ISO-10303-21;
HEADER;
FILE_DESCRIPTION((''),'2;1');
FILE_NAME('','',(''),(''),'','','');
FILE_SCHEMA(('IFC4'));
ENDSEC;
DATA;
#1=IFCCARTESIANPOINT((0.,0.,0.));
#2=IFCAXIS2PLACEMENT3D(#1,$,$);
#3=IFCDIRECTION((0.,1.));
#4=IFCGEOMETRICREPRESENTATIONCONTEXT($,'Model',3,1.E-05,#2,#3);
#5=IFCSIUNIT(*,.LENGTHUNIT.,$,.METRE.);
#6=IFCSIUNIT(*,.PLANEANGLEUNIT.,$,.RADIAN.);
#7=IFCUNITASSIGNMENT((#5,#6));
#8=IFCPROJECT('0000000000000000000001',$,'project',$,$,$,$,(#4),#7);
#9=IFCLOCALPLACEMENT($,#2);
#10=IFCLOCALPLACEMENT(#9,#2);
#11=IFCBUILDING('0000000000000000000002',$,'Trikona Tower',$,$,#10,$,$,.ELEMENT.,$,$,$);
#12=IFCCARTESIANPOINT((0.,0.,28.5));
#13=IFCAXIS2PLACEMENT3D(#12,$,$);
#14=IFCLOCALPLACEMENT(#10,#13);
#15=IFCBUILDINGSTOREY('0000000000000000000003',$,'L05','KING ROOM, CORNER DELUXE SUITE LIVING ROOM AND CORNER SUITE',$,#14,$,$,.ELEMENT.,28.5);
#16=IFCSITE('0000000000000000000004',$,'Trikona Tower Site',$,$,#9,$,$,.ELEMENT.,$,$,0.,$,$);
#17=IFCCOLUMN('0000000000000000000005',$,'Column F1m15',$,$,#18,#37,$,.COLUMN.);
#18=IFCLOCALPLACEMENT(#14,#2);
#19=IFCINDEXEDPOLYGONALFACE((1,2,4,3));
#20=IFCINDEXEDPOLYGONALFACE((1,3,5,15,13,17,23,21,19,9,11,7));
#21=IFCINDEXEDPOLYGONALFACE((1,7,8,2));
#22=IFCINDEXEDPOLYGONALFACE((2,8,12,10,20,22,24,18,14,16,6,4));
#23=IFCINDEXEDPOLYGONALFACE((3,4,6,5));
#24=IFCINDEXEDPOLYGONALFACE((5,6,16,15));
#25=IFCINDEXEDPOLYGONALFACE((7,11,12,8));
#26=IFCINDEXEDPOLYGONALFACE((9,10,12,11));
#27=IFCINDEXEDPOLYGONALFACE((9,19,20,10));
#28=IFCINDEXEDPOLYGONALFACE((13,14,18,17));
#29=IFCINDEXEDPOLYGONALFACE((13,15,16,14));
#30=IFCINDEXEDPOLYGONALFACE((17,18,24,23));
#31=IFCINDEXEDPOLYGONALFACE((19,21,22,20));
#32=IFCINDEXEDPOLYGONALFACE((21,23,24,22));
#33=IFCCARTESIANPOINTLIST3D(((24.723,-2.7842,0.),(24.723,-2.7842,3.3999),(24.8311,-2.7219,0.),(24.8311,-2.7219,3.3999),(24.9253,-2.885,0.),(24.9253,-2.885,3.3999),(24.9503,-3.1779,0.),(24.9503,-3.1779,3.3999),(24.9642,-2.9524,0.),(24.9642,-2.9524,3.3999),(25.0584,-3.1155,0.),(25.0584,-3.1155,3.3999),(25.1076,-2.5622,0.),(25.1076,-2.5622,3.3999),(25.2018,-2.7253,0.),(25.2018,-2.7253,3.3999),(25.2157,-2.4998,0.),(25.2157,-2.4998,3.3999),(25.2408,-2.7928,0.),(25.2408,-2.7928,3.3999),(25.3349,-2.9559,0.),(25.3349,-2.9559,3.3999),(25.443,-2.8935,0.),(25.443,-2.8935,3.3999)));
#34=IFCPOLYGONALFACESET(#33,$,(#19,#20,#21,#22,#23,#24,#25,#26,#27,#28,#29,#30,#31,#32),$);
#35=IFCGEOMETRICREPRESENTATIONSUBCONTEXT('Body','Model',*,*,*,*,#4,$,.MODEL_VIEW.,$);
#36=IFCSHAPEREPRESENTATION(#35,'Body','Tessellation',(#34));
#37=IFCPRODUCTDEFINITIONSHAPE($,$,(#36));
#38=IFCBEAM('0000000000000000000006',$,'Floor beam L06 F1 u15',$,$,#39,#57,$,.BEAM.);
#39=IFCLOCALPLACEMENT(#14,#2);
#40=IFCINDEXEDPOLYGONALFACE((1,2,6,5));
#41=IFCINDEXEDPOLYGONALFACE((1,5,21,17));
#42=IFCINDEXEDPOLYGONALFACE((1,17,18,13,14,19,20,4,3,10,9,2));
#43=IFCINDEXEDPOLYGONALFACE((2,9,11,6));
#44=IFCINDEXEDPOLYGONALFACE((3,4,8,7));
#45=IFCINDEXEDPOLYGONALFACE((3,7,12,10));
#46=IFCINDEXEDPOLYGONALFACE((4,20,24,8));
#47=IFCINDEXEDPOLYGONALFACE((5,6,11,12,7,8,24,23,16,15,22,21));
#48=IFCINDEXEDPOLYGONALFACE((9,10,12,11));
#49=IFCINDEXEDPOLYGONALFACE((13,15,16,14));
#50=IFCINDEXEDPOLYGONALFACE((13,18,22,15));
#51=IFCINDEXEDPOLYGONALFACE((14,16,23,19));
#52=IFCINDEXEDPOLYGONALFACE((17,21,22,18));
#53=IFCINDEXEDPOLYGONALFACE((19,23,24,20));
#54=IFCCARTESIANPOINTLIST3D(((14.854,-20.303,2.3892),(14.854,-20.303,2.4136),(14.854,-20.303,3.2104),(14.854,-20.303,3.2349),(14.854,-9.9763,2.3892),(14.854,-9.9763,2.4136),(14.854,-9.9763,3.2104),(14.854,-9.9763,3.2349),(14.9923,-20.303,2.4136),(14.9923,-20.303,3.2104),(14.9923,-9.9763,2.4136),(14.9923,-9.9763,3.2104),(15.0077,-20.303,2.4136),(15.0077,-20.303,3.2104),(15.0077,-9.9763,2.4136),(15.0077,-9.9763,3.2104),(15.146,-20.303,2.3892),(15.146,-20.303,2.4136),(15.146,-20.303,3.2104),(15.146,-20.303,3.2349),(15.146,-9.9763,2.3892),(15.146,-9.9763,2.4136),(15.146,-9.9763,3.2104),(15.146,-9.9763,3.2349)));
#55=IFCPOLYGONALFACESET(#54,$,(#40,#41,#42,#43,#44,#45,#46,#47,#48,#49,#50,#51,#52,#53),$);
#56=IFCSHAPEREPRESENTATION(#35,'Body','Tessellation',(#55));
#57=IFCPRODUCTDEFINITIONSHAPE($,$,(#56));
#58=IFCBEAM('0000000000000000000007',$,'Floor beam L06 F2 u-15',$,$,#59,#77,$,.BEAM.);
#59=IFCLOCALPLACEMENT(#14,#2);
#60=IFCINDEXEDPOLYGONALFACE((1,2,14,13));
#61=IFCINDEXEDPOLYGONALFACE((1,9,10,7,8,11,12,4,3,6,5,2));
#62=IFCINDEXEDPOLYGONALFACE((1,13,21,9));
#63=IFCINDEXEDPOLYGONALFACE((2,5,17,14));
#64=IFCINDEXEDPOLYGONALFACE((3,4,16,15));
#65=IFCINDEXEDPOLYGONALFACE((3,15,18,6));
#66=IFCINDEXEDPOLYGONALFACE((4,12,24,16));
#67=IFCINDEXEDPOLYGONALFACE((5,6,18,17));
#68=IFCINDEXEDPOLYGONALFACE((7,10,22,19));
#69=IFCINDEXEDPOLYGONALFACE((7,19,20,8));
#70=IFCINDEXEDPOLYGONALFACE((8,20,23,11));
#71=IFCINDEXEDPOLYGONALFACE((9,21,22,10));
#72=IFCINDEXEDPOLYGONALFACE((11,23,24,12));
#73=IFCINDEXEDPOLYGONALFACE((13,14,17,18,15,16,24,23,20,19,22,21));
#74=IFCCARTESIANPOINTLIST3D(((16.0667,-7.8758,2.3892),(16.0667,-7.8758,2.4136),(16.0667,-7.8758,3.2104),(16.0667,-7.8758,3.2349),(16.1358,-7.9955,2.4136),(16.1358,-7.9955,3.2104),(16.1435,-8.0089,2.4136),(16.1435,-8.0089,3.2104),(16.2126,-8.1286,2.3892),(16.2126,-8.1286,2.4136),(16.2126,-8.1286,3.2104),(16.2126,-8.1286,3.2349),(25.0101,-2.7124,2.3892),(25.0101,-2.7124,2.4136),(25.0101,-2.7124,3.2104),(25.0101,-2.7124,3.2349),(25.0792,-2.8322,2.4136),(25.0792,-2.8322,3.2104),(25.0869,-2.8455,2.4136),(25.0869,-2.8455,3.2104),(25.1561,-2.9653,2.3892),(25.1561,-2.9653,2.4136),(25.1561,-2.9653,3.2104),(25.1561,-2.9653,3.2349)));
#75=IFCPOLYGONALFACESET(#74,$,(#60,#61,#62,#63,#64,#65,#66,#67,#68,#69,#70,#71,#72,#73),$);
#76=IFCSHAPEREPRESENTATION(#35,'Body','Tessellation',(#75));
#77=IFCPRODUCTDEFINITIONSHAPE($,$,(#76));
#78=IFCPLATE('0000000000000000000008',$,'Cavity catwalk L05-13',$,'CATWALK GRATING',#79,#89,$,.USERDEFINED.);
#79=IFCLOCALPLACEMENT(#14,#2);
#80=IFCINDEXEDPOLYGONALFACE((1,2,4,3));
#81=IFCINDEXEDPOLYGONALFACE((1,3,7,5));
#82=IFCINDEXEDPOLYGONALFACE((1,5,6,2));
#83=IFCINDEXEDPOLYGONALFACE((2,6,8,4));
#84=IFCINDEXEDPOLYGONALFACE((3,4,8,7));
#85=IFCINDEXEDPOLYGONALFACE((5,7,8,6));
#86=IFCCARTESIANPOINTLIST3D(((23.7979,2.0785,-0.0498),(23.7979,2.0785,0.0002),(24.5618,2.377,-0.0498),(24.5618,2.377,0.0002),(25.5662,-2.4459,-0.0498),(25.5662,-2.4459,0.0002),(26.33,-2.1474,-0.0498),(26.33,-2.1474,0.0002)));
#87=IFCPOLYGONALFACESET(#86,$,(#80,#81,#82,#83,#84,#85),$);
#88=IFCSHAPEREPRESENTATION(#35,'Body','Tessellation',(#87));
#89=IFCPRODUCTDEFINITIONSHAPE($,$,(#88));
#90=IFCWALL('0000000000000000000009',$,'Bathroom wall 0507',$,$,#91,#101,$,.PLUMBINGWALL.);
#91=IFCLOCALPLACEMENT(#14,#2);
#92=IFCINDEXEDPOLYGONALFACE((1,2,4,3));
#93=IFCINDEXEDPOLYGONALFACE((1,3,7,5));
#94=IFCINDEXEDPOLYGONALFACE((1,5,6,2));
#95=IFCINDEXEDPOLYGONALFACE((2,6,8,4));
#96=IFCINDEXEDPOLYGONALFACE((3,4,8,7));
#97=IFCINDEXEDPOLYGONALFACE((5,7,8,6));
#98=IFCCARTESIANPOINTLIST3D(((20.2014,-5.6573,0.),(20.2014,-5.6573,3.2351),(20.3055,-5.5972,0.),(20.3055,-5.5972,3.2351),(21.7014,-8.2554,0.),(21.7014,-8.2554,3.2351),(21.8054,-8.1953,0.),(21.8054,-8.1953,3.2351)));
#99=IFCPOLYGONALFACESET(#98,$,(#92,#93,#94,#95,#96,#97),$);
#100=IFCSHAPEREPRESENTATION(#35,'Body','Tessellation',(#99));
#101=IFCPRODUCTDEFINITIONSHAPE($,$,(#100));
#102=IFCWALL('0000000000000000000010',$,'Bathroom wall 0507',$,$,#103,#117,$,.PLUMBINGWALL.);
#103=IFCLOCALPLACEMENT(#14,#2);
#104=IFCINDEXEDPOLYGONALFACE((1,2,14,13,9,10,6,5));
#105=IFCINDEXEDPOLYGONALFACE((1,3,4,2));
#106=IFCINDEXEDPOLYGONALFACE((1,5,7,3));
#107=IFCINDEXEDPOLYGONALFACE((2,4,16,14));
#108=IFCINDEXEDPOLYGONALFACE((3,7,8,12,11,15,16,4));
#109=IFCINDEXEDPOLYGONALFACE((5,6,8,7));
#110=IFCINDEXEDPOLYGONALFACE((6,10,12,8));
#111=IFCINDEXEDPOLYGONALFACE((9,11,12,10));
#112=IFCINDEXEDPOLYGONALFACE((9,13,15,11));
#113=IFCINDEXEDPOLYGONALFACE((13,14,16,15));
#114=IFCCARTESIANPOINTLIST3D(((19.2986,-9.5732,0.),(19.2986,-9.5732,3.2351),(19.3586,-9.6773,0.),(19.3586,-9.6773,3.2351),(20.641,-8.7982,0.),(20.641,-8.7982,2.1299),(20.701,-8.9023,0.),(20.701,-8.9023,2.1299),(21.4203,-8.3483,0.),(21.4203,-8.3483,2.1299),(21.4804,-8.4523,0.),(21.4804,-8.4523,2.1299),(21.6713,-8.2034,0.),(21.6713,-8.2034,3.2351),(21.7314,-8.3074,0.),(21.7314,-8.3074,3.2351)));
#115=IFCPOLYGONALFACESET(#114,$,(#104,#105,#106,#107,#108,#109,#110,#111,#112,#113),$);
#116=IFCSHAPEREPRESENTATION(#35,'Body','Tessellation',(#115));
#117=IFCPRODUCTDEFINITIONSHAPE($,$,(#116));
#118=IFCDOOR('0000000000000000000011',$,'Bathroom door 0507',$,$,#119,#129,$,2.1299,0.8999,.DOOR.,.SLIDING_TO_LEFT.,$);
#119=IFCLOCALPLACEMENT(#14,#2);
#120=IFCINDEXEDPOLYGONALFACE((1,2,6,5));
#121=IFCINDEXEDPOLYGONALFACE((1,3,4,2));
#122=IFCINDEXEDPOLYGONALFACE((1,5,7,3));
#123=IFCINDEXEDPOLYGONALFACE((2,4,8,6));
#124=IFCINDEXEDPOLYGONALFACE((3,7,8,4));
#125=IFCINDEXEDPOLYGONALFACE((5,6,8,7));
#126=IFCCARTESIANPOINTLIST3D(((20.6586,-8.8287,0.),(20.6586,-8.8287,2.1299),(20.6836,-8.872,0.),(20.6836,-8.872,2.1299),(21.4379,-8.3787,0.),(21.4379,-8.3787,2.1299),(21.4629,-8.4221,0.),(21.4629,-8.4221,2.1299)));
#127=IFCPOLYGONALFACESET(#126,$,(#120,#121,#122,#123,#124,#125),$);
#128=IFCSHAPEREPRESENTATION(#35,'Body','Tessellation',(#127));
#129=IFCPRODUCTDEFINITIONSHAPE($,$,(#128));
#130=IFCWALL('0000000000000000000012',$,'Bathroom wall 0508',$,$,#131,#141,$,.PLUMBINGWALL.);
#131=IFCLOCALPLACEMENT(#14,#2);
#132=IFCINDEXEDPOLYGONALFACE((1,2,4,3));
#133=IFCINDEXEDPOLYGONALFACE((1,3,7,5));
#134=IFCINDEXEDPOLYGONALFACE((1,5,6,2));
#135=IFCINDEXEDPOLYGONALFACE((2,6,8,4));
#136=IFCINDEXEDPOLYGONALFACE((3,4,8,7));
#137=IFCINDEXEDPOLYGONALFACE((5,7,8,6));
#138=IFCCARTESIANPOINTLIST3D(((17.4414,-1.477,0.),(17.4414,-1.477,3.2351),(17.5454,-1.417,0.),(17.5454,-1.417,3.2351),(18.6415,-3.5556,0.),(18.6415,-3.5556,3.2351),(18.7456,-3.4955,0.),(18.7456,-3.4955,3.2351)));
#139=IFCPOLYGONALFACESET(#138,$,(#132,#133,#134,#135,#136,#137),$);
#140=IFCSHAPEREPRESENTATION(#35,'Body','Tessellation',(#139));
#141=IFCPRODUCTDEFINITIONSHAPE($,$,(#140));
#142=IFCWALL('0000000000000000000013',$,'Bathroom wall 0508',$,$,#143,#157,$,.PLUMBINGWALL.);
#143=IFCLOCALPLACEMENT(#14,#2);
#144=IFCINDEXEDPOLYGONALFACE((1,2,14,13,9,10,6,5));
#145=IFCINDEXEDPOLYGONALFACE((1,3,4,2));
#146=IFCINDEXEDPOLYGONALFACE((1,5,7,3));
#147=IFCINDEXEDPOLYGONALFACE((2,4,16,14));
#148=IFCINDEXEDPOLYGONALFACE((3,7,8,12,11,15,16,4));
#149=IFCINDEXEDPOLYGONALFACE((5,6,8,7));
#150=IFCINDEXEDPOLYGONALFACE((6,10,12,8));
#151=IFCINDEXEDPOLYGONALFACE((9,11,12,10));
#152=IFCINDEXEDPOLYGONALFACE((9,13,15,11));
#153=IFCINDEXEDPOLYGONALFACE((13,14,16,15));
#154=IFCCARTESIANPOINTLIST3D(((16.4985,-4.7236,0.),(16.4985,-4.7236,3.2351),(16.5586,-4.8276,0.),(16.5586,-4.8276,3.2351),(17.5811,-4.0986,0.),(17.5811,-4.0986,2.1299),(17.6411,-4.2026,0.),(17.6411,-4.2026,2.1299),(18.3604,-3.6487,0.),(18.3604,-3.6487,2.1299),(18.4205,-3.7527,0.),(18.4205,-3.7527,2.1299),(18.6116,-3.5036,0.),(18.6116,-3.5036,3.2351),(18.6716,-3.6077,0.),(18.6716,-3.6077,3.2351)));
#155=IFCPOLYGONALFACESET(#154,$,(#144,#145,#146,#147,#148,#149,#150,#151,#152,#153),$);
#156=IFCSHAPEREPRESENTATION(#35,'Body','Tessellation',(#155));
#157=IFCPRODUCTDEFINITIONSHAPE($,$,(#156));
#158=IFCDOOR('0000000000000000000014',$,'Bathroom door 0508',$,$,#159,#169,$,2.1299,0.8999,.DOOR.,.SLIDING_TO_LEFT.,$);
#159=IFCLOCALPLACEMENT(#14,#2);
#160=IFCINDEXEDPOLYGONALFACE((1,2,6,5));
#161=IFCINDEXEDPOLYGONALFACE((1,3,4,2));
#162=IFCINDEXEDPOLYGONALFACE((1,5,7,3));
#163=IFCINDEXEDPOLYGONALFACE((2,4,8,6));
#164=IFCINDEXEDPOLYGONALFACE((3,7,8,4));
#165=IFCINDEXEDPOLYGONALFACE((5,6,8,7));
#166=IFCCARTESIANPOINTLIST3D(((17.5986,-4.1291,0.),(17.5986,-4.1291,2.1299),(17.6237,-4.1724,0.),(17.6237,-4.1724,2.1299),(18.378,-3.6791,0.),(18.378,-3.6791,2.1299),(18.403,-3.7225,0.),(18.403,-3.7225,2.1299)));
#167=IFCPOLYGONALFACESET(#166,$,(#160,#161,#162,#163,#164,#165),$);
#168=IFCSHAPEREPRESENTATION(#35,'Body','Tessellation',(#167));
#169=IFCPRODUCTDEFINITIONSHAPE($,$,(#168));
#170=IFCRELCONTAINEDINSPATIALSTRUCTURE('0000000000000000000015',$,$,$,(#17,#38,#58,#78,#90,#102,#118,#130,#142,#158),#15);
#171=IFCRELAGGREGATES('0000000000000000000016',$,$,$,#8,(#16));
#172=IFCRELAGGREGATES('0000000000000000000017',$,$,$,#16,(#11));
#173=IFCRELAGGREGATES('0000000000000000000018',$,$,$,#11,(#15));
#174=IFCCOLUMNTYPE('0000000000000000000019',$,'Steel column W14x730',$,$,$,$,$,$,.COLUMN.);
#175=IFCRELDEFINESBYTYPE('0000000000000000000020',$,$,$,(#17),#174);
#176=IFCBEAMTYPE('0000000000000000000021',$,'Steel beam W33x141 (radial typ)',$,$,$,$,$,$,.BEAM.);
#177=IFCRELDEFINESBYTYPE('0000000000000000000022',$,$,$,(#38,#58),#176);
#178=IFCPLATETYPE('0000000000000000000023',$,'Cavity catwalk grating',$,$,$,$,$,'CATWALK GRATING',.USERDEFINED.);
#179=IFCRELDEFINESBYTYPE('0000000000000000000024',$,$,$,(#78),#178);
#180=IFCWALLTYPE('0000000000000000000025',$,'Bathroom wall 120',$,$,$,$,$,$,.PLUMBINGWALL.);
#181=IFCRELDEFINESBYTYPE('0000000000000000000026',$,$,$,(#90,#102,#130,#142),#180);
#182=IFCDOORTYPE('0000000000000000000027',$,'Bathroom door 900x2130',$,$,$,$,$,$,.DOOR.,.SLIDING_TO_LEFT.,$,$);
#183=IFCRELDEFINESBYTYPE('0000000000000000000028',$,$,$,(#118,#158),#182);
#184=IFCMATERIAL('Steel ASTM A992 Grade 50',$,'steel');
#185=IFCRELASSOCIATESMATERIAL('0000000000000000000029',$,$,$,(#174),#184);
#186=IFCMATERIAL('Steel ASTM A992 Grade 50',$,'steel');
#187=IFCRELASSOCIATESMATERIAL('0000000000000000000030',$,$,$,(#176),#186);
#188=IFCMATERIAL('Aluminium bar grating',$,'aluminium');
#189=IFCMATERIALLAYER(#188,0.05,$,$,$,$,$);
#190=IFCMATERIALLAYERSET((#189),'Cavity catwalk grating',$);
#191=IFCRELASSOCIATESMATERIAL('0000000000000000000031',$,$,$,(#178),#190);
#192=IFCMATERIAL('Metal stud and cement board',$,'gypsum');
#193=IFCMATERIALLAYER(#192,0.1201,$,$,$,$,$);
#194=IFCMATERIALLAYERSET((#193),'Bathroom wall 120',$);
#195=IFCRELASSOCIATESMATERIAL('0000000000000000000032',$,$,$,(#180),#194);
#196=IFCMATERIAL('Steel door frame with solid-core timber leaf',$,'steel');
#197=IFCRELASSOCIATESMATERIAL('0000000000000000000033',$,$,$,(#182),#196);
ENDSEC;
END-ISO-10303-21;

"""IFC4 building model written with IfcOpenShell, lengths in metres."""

from ifc_helpers import new_model, si_unit, direction, frame, frame_2d, origin, origin_2d, place, context, subcontext, project, spatial, rectangle, i_section, extrude, material, layer, layer_set, material_profile, profile_set, type_object, element, fill, save


model = new_model("IFC4")

# Units and contexts
model_context = context("Model", 3, precision=1e-05, world=origin(), true_north=direction((0.0, 1.0)))
body_context = subcontext(model_context, "Body", "Model", "MODEL_VIEW")
ifc_project = project(units=[si_unit("LENGTHUNIT", "METRE"), si_unit("PLANEANGLEUNIT", "RADIAN")], contexts=[model_context])

# Site, building, storey
site_placement = place(None, origin())
site = spatial("IfcSite", under=ifc_project, at=site_placement, Name="Trikona Tower Site", CompositionType="ELEMENT", RefElevation=0.0)
building_placement = place(site_placement, origin())
building = spatial("IfcBuilding", under=site, at=building_placement, Name="Trikona Tower", CompositionType="ELEMENT")
storey_placement = place(building_placement, frame((0.0, 0.0, 28.5)))
storey = spatial("IfcBuildingStorey", under=building, at=storey_placement, Name="L05", Description="KING ROOM, CORNER DELUXE SUITE LIVING ROOM AND CORNER SUITE", CompositionType="ELEMENT", Elevation=28.5)

# Column
ifc_material_1 = material(Name="Steel ASTM A992 Grade 50", Category="steel")
ifc_material_profile_1 = material_profile(ifc_material_1, i_section(OverallWidth=0.4546, OverallDepth=0.5688, WebThickness=0.0779, FlangeThickness=0.1248, at=origin_2d()), Name="W14X730")
ifc_profile_set_1 = profile_set([ifc_material_profile_1], Name="Steel ASTM A992 Grade 50")
column_type = type_object("IfcColumnType", Name="Steel column W14x730", PredefinedType="COLUMN", material=ifc_profile_set_1)
column_placement = place(storey_placement, frame((25.083, -2.8389, 0.0), z_axis=(0.0, 0.0, 1.0), x_axis=(-0.5, 0.866025, 0.0)))
element("IfcColumn", 1, at=column_placement, inside=storey, type_object=column_type, Name="Column F1m15", PredefinedType="COLUMN", context=body_context, shape_type="SweptSolid", body=[
    extrude(i_section(OverallWidth=0.4546, OverallDepth=0.5688, WebThickness=0.0779, FlangeThickness=0.1248, at=origin_2d()), origin(), (0.0, 0.0, 1.0), 3.3999),
])

# Beams
ifc_material_2 = material(Name="Steel ASTM A992 Grade 50", Category="steel")
ifc_material_profile_2 = material_profile(ifc_material_2, i_section(OverallWidth=0.292, OverallDepth=0.8457, WebThickness=0.0154, FlangeThickness=0.0244, at=origin_2d()), Name="W33X141")
ifc_profile_set_2 = profile_set([ifc_material_profile_2], Name="Steel ASTM A992 Grade 50")
beam_type = type_object("IfcBeamType", Name="Steel beam W33x141 (radial typ)", PredefinedType="BEAM", material=ifc_profile_set_2)
beam_1_placement = place(storey_placement, frame((15.0, -9.9763, 2.812), z_axis=(0.0, -1.0, 0.0), x_axis=(1.0, 0.0, 0.0)))
element("IfcBeam", 2, at=beam_1_placement, inside=storey, type_object=beam_type, Name="Floor beam L06 F1 u15", PredefinedType="BEAM", context=body_context, shape_type="SweptSolid", body=[
    extrude(i_section(OverallWidth=0.292, OverallDepth=0.8457, WebThickness=0.0154, FlangeThickness=0.0244, at=origin_2d()), origin(), (0.0, 0.0, 1.0), 10.3267),
])
beam_2_placement = place(storey_placement, frame((16.1396, -8.0022, 2.812), z_axis=(0.86603, 0.499991, 0.0), x_axis=(-0.499991, 0.86603, 0.0)))
element("IfcBeam", 3, at=beam_2_placement, inside=storey, type_object=beam_type, Name="Floor beam L06 F2 u-15", PredefinedType="BEAM", context=body_context, shape_type="SweptSolid", body=[
    extrude(i_section(OverallWidth=0.292, OverallDepth=0.8457, WebThickness=0.0154, FlangeThickness=0.0244, at=origin_2d()), origin(), (0.0, 0.0, 1.0), 10.3269),
])

# Plate
ifc_material_3 = material(Name="Aluminium bar grating", Category="aluminium")
ifc_layer_1 = layer(ifc_material_3, 0.05)
ifc_layer_set_1 = layer_set([ifc_layer_1], Name="Cavity catwalk grating")
plate_type = type_object("IfcPlateType", Name="Cavity catwalk grating", ElementType="CATWALK GRATING", PredefinedType="USERDEFINED", material=ifc_layer_set_1)
plate_placement = place(storey_placement, frame((25.064, -0.0344, -0.0498), z_axis=(0.0, 0.0, 1.0), x_axis=(-0.364009, 0.931395, 0.0)))
element("IfcPlate", 4, at=plate_placement, inside=storey, type_object=plate_type, Name="Cavity catwalk L05-13", ObjectType="CATWALK GRATING", PredefinedType="USERDEFINED", context=body_context, shape_type="SweptSolid", body=[
    extrude(rectangle(XDim=4.8577, YDim=0.8201, at=origin_2d()), origin(), (0.0, 0.0, 1.0), 0.05),
])

# Wall
ifc_material_4 = material(Name="Metal stud and cement board", Category="gypsum")
ifc_layer_2 = layer(ifc_material_4, 0.1201)
ifc_layer_set_2 = layer_set([ifc_layer_2], Name="Bathroom wall 120")
wall_type_1 = type_object("IfcWallType", Name="Bathroom wall 120", PredefinedType="PLUMBINGWALL", material=ifc_layer_set_2)
wall_1_placement = place(storey_placement, frame((21.7534, -8.2253, 0.0), z_axis=(0.0, 0.0, 1.0), x_axis=(-0.49999, 0.866031, 0.0)))
element("IfcWall", 5, at=wall_1_placement, inside=storey, type_object=wall_type_1, Name="Bathroom wall 0507", PredefinedType="PLUMBINGWALL", context=body_context, shape_type="SweptSolid", body=[
    extrude(rectangle(XDim=3.0, YDim=0.1201, at=frame_2d((1.5, 0.0))), origin(), (0.0, 0.0, 1.0), 3.2351),
])

# Wall, opening, door
wall_2_placement = place(storey_placement, frame((19.3286, -9.6252, 0.0), z_axis=(0.0, 0.0, 1.0), x_axis=(0.866036, 0.499982, 0.0)))
wall_2 = element("IfcWall", 6, at=wall_2_placement, inside=storey, type_object=wall_type_1, Name="Bathroom wall 0507", PredefinedType="PLUMBINGWALL", context=body_context, shape_type="SweptSolid", body=[
    extrude(rectangle(XDim=2.7397, YDim=0.1201, at=frame_2d((1.3699, 0.0))), origin(), (0.0, 0.0, 1.0), 3.2351),
])
opening_1_placement = place(wall_2_placement, frame((1.55, 0.0, 0.0)))
opening_1 = element("IfcOpeningElement", 7, at=opening_1_placement, cuts=wall_2, PredefinedType="OPENING", context=body_context, shape_type="SweptSolid", body=[
    extrude(rectangle(XDim=0.8999, YDim=2.1299, at=frame_2d((0.45, 1.0649))), frame((0.0, 0.0701, 0.0), z_axis=(0.0, -1.0, 0.0), x_axis=(1.0, 0.0, 0.0)), (0.0, 0.0, 1.0), 0.1401),
])
ifc_material_5 = material(Name="Steel door frame with solid-core timber leaf", Category="steel")
door_type_1 = type_object("IfcDoorType", Name="Bathroom door 900x2130", OperationType="SLIDING_TO_LEFT", PredefinedType="DOOR", material=ifc_material_5)
door_1_placement = place(opening_1_placement, origin())
door_1 = element("IfcDoor", 8, at=door_1_placement, inside=storey, type_object=door_type_1, Name="Bathroom door 0507", OperationType="SLIDING_TO_LEFT", OverallHeight=2.1299, OverallWidth=0.8999, PredefinedType="DOOR", context=body_context, shape_type="SweptSolid", body=[
    extrude(rectangle(XDim=0.8999, YDim=2.1299, at=frame_2d((0.45, 1.0649))), frame((0.0, 0.0249, 0.0), z_axis=(0.0, -1.0, 0.0), x_axis=(1.0, 0.0, 0.0)), (0.0, 0.0, 1.0), 0.05),
])
fill(opening_1, door_1)

# Wall
wall_3_placement = place(storey_placement, frame((18.6936, -3.5256, 0.0), z_axis=(0.0, 0.0, 1.0), x_axis=(-0.500034, 0.866006, 0.0)))
element("IfcWall", 9, at=wall_3_placement, inside=storey, type_object=wall_type_1, Name="Bathroom wall 0508", PredefinedType="PLUMBINGWALL", context=body_context, shape_type="SweptSolid", body=[
    extrude(rectangle(XDim=2.4001, YDim=0.1201, at=frame_2d((1.2002, 0.0))), origin(), (0.0, 0.0, 1.0), 3.2351),
])

# Wall, opening, door
wall_4_placement = place(storey_placement, frame((16.5286, -4.7756, 0.0), z_axis=(0.0, 0.0, 1.0), x_axis=(0.866024, 0.500003, 0.0)))
wall_4 = element("IfcWall", 10, at=wall_4_placement, inside=storey, type_object=wall_type_1, Name="Bathroom wall 0508", PredefinedType="PLUMBINGWALL", context=body_context, shape_type="SweptSolid", body=[
    extrude(rectangle(XDim=2.4399, YDim=0.1201, at=frame_2d((1.22, 0.0))), origin(), (0.0, 0.0, 1.0), 3.2351),
])
opening_2_placement = place(wall_4_placement, frame((1.25, 0.0, 0.0)))
opening_2 = element("IfcOpeningElement", 11, at=opening_2_placement, cuts=wall_4, PredefinedType="OPENING", context=body_context, shape_type="SweptSolid", body=[
    extrude(rectangle(XDim=0.8999, YDim=2.1299, at=frame_2d((0.45, 1.0649))), frame((0.0, 0.0701, 0.0), z_axis=(0.0, -1.0, 0.0), x_axis=(1.0, 0.0, 0.0)), (0.0, 0.0, 1.0), 0.1401),
])
door_2_placement = place(opening_2_placement, origin())
door_2 = element("IfcDoor", 12, at=door_2_placement, inside=storey, type_object=door_type_1, Name="Bathroom door 0508", OperationType="SLIDING_TO_LEFT", OverallHeight=2.1299, OverallWidth=0.8999, PredefinedType="DOOR", context=body_context, shape_type="SweptSolid", body=[
    extrude(rectangle(XDim=0.8999, YDim=2.1299, at=frame_2d((0.45, 1.0649))), frame((0.0, 0.0249, 0.0), z_axis=(0.0, -1.0, 0.0), x_axis=(1.0, 0.0, 0.0)), (0.0, 0.0, 1.0), 0.05),
])
fill(opening_2, door_2)

save(model, "model.ifc")
